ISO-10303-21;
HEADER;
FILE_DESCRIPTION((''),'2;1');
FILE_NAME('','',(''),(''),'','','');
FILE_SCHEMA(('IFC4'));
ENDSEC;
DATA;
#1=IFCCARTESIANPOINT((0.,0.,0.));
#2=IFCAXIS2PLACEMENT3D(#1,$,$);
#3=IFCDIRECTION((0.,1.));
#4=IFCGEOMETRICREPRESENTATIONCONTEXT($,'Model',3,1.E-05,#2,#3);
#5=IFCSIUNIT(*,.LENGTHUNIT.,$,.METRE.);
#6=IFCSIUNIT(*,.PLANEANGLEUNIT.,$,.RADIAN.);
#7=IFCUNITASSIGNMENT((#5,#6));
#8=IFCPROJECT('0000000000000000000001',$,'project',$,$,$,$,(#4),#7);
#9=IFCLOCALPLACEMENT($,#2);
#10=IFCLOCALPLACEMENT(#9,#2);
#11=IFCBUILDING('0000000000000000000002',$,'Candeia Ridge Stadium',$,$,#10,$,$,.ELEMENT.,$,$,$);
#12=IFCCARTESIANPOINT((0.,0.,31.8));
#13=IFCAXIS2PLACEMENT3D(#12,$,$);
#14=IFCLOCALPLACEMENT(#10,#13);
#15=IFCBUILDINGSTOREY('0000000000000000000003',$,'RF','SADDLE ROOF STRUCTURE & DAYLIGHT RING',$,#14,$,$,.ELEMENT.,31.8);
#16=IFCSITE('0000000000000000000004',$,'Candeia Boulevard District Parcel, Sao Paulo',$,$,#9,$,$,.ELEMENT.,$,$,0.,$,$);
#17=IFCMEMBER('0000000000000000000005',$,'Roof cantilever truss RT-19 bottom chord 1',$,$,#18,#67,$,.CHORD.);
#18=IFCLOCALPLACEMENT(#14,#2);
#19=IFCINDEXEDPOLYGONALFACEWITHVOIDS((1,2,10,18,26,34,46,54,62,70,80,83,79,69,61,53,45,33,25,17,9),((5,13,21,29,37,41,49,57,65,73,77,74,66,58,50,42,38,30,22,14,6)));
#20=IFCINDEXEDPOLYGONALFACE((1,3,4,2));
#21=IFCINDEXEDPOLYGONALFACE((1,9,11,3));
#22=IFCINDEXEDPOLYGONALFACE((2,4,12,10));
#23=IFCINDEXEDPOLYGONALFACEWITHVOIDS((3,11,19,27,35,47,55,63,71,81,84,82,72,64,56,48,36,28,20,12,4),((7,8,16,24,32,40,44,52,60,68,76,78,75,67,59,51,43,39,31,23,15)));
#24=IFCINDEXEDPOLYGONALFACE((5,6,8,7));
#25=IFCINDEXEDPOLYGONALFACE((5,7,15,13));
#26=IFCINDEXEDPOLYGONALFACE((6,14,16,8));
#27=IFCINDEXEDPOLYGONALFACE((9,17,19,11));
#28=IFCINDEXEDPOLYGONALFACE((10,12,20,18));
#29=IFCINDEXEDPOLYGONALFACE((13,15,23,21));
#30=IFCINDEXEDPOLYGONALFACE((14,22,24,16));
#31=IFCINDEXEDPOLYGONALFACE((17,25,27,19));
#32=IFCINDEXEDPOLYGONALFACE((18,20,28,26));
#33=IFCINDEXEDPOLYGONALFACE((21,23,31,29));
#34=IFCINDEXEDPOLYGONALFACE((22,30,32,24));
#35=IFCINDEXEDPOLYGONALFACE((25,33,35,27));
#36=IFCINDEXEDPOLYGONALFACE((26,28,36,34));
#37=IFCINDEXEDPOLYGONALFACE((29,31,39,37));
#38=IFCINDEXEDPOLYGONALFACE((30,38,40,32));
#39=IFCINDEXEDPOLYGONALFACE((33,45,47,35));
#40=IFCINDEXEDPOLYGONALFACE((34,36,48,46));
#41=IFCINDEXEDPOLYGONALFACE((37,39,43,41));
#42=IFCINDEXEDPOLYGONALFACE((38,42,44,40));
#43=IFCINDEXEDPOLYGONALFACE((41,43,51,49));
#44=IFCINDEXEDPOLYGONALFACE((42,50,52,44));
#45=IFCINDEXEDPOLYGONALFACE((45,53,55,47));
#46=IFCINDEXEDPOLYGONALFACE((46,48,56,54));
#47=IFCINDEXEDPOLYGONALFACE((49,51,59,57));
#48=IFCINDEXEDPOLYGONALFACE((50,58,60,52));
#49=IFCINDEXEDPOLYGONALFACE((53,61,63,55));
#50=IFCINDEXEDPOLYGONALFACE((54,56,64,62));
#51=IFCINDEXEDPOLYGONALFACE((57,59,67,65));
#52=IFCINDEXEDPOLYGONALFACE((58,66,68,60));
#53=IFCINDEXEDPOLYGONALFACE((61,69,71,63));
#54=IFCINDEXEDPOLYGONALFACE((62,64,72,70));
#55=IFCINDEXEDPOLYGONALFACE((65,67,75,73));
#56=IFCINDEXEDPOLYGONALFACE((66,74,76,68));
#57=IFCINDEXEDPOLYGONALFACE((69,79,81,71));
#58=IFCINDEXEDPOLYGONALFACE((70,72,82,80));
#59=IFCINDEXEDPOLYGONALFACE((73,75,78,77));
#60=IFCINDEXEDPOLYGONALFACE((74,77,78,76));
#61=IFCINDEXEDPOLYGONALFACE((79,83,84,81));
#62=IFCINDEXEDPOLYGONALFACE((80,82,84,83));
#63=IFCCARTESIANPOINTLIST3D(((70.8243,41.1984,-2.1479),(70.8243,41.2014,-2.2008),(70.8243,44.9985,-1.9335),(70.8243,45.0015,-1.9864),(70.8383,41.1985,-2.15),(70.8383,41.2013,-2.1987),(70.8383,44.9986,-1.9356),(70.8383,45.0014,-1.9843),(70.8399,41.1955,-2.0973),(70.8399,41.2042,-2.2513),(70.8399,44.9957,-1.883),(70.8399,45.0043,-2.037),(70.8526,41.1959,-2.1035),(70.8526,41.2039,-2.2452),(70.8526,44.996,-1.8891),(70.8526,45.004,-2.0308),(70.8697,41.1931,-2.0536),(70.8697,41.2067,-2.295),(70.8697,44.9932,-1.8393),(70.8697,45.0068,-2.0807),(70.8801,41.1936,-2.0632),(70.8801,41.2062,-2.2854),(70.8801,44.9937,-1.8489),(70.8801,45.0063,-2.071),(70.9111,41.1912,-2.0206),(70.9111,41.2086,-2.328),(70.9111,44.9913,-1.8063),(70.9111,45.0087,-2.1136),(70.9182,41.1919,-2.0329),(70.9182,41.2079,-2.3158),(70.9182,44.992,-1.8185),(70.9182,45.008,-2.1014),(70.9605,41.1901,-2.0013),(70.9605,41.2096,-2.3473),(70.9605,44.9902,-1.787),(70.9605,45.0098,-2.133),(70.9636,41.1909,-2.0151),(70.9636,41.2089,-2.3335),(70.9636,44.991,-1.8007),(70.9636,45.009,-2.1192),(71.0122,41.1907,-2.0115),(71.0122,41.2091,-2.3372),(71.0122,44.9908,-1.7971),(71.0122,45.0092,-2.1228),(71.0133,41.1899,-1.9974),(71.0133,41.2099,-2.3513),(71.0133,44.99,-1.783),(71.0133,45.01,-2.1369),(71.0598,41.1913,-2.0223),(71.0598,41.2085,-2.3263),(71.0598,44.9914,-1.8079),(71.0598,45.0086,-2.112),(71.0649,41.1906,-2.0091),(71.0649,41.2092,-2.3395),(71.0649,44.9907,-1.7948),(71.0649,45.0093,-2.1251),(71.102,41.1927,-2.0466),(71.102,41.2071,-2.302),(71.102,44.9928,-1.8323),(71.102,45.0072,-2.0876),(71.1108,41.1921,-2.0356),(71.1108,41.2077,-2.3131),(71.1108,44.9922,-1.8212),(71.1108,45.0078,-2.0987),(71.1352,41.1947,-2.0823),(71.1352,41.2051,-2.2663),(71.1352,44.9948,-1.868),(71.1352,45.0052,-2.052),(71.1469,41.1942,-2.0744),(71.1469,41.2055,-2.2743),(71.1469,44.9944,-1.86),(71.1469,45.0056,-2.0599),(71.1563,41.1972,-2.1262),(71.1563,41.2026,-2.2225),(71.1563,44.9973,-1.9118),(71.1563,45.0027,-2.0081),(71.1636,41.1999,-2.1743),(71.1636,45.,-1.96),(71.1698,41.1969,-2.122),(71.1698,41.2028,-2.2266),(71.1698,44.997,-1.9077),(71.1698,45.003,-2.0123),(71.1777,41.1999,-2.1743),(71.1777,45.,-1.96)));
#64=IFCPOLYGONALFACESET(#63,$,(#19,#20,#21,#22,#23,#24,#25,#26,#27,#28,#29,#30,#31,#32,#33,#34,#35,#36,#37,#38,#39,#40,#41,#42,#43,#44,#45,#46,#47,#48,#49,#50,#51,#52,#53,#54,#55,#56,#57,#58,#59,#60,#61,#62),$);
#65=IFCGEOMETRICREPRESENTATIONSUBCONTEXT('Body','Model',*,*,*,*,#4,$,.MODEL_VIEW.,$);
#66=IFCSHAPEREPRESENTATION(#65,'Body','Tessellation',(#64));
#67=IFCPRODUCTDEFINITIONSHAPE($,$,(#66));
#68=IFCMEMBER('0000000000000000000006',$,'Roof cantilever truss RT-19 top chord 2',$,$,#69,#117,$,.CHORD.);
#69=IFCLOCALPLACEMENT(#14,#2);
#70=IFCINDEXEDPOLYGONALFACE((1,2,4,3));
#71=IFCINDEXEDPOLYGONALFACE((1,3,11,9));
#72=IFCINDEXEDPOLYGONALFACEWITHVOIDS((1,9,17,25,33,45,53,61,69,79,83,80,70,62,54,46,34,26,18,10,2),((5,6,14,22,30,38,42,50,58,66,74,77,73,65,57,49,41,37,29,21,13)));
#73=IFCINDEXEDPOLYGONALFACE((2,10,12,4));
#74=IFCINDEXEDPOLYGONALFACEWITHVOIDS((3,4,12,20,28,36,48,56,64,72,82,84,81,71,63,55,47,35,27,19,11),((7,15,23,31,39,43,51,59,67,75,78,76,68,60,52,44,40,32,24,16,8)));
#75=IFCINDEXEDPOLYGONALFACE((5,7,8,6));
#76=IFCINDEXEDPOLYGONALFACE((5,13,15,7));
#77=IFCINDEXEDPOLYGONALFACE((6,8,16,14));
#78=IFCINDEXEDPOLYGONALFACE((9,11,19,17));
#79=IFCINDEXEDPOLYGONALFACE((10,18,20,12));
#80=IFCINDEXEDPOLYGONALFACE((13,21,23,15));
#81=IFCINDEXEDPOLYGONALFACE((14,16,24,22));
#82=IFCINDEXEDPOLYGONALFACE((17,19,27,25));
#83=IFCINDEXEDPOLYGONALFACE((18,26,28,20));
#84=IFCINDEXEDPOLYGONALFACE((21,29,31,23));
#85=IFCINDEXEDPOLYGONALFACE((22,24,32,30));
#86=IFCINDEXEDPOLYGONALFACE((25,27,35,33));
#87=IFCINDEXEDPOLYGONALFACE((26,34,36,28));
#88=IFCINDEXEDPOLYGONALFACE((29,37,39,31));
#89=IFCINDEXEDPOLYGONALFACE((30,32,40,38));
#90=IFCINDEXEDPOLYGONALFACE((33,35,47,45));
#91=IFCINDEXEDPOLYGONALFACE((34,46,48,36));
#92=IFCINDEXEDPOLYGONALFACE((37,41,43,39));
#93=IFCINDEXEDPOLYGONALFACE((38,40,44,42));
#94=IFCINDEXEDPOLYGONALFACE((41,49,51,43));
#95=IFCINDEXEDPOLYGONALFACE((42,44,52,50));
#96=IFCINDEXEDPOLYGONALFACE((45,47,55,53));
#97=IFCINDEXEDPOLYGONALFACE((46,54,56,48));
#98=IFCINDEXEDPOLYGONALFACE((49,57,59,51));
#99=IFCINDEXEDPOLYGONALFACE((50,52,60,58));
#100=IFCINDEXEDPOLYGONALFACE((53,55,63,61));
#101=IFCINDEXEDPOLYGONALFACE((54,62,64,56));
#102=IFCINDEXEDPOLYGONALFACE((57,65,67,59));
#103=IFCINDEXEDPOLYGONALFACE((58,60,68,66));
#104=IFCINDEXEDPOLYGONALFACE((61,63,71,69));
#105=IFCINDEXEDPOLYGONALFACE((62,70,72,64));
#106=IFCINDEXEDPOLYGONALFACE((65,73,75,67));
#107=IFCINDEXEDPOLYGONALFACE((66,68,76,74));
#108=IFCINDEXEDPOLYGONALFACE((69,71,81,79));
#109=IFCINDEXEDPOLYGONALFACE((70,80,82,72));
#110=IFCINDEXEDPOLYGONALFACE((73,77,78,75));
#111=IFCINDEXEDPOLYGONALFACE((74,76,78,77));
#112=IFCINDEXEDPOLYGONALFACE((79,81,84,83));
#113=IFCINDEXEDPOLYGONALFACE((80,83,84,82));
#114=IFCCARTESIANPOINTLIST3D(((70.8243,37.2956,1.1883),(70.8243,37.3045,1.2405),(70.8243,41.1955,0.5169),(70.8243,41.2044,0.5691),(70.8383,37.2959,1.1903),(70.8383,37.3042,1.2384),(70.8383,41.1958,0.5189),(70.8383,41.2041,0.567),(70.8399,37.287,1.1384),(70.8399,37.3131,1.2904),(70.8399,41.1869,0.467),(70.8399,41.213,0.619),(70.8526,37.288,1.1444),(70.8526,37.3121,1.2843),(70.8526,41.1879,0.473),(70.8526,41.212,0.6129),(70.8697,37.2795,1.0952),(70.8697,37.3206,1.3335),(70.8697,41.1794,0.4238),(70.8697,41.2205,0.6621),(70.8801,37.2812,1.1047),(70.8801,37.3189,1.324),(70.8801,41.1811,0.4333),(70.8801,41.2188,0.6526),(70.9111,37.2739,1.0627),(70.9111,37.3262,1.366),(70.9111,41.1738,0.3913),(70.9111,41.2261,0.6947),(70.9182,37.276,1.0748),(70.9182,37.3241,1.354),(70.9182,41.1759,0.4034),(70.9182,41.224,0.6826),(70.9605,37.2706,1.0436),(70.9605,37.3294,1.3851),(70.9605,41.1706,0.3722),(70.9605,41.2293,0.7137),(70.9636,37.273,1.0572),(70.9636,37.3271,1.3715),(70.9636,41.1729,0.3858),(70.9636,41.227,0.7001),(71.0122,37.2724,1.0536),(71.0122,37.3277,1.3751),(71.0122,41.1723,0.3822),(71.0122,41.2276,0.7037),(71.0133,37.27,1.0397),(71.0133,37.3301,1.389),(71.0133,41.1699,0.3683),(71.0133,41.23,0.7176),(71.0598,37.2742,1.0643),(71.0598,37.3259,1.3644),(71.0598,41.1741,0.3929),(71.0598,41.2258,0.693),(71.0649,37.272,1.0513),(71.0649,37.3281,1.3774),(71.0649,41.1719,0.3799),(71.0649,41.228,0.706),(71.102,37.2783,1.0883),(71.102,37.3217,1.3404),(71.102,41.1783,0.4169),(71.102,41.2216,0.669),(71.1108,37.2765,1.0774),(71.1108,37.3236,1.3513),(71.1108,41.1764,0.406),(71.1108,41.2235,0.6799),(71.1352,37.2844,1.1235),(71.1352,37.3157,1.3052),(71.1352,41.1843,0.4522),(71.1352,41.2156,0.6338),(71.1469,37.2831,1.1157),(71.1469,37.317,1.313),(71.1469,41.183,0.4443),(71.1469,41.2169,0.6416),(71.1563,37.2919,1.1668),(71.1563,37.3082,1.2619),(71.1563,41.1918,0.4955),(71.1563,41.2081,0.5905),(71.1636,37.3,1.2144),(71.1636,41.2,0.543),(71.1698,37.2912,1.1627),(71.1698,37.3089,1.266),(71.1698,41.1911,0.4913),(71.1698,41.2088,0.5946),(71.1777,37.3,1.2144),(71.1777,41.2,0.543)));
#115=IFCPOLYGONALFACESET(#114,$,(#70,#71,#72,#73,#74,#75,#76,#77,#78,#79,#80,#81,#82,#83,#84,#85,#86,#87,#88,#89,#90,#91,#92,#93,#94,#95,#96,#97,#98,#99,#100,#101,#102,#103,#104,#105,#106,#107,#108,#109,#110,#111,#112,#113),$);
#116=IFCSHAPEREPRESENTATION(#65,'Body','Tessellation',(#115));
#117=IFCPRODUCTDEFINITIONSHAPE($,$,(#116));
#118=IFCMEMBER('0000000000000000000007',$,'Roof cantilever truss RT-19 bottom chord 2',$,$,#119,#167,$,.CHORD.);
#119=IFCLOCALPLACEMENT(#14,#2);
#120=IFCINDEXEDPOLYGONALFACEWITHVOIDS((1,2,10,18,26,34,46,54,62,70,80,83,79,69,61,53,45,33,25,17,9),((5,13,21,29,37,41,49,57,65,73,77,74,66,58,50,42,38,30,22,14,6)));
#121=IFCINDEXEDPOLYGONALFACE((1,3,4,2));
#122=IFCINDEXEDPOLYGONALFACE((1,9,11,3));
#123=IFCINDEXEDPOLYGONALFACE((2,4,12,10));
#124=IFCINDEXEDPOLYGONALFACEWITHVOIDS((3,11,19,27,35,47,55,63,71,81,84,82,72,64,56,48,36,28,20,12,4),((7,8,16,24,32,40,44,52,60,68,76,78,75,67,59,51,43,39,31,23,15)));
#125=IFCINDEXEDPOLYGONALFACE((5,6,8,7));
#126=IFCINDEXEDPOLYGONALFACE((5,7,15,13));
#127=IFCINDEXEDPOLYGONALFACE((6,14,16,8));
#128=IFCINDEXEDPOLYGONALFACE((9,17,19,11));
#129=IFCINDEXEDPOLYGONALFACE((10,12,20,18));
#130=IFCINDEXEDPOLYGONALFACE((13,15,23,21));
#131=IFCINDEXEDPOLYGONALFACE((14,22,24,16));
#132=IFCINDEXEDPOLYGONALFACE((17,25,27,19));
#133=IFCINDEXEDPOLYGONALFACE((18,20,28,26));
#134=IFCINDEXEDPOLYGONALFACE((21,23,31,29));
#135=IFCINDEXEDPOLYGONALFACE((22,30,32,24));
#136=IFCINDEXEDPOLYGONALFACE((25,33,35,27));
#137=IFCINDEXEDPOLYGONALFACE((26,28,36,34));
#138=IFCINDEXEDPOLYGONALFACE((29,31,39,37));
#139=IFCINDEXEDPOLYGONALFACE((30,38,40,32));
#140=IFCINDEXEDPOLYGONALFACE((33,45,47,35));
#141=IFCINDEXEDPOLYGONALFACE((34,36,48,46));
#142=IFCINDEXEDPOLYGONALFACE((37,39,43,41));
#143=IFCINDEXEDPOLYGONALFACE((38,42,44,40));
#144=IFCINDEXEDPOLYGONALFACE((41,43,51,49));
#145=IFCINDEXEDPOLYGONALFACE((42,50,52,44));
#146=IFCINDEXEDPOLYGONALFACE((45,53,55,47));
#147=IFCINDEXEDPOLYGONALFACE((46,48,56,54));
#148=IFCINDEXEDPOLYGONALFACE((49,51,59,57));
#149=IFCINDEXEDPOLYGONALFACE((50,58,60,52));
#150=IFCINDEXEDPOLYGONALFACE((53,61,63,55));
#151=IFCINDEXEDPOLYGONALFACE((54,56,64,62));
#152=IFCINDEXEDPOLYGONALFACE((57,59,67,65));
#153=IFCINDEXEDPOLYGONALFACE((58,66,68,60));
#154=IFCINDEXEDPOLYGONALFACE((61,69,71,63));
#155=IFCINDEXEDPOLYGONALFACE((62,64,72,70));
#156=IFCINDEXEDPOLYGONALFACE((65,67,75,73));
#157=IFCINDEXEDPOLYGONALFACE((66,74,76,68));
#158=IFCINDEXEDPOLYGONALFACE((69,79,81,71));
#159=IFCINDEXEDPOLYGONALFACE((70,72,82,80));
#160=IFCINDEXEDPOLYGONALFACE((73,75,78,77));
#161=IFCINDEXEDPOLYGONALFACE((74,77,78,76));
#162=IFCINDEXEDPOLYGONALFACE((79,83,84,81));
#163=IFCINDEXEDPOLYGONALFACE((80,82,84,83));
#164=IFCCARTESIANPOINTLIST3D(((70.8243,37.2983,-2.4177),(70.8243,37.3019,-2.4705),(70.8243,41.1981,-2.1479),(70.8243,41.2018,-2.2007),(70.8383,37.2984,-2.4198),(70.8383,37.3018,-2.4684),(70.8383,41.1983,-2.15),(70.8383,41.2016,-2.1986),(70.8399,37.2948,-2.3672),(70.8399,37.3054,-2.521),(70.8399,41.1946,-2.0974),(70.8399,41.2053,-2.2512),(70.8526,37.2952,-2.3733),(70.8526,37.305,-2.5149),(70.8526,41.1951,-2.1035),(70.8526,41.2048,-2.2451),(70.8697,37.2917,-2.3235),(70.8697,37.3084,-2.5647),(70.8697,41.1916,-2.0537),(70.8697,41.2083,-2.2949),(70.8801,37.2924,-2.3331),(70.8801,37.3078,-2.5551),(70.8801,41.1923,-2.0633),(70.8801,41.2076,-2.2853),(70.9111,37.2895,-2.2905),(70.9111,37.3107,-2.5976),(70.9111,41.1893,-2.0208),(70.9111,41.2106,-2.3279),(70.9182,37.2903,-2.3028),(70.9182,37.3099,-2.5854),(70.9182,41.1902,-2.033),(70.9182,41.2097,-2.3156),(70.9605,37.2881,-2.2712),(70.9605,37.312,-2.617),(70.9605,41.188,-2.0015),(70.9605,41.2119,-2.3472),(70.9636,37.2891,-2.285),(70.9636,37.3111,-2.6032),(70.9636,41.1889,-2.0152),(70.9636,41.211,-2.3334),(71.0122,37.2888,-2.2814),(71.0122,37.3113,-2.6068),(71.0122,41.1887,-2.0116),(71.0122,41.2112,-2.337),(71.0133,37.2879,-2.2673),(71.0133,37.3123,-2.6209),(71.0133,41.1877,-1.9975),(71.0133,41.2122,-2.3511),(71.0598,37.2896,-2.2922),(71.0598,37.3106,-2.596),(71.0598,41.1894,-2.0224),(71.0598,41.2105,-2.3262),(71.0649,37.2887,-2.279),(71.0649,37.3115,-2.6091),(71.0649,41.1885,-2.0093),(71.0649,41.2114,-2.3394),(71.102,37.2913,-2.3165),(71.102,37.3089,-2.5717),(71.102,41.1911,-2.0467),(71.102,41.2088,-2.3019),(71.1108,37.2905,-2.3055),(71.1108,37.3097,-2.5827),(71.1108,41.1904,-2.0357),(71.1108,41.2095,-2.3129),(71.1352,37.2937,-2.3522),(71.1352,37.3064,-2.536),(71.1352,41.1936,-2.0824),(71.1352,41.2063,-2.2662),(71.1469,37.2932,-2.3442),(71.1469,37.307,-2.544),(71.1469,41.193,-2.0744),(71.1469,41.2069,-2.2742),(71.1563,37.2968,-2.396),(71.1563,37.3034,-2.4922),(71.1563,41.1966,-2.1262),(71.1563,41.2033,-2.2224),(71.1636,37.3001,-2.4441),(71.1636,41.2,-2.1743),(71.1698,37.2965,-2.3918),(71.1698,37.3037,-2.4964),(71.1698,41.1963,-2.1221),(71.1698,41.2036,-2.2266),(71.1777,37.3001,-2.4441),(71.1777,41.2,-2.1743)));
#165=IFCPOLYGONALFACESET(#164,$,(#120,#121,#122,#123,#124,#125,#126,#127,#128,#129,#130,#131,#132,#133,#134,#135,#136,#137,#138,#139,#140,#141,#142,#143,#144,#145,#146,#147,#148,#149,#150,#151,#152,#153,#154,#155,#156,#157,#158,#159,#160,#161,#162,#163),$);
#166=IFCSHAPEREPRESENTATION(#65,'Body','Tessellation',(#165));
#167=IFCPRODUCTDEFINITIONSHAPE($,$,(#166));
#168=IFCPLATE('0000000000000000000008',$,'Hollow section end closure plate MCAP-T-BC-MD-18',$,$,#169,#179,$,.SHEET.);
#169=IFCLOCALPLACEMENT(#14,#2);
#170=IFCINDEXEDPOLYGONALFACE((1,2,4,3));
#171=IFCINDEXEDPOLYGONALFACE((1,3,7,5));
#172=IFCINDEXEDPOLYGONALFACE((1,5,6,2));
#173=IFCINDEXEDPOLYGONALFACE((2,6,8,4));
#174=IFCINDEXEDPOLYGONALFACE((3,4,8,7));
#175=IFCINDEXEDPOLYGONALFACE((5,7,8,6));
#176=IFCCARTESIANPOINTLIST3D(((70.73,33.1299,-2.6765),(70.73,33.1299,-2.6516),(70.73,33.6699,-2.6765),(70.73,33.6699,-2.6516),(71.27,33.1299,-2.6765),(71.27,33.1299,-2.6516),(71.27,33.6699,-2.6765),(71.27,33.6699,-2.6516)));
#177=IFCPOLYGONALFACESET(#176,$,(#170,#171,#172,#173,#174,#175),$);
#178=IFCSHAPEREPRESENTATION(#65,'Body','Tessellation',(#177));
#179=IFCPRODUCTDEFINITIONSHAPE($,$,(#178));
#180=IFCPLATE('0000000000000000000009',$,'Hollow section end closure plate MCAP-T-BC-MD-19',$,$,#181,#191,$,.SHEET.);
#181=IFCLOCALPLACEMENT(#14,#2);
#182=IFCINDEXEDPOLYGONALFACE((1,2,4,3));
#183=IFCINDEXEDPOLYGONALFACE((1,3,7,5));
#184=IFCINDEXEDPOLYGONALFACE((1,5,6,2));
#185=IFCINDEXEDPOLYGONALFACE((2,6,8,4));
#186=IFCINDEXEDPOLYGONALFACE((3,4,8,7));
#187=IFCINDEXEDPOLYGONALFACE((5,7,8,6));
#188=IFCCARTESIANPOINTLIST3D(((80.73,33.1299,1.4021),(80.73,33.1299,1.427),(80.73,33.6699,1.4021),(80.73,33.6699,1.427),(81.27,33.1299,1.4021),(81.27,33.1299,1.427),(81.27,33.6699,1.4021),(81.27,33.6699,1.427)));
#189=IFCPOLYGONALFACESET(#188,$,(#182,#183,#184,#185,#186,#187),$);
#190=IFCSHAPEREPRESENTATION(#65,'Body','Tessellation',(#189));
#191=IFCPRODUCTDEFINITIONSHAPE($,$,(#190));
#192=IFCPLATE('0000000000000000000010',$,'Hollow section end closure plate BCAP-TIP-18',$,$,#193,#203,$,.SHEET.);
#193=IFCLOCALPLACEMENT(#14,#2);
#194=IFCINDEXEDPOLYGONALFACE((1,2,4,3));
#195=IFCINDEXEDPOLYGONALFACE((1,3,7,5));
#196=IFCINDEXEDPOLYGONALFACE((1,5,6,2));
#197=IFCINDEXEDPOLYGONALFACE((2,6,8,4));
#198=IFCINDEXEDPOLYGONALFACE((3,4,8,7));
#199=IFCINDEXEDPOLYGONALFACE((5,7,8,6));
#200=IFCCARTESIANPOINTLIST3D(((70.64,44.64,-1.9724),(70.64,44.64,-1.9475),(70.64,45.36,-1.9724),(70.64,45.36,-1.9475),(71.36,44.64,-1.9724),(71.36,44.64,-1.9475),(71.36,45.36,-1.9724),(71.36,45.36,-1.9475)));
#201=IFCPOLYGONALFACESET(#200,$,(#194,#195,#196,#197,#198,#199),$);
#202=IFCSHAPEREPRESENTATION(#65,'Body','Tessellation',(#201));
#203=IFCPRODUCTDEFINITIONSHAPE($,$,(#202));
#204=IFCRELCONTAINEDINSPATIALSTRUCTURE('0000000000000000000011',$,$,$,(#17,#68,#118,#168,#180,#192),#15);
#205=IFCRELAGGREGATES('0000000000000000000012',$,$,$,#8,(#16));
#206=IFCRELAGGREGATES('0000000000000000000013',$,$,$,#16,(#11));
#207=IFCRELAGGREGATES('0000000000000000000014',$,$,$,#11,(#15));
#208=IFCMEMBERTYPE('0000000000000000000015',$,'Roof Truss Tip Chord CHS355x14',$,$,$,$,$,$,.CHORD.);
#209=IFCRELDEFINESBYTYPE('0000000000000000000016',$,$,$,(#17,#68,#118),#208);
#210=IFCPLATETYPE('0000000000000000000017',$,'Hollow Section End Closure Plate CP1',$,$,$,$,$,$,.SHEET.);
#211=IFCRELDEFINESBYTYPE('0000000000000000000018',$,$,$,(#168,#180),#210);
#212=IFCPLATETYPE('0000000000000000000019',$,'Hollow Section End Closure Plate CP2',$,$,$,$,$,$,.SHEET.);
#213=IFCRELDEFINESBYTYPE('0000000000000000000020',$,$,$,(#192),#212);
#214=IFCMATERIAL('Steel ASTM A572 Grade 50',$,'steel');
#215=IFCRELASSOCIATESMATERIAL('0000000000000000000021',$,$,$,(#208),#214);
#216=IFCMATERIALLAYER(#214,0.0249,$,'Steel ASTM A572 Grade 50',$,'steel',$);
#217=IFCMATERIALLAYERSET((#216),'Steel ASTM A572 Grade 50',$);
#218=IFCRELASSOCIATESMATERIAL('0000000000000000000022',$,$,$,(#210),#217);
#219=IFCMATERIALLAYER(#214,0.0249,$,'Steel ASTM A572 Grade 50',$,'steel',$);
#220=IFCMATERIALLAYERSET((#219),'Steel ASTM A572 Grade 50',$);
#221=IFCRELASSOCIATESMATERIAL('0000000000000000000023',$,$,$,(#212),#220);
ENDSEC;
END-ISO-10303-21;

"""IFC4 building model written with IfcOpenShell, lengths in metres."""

from ifc_helpers import new_model, si_unit, direction, frame, origin, origin_2d, place, context, subcontext, project, spatial, rectangle, hollow_circle, extrude, material, layer, layer_set, material_profile, profile_set, type_object, element, save


model = new_model("IFC4")

# Units and contexts
model_context = context("Model", 3, precision=1e-05, world=origin(), true_north=direction((0.0, 1.0)))
body_context = subcontext(model_context, "Body", "Model", "MODEL_VIEW")
ifc_project = project(units=[si_unit("LENGTHUNIT", "METRE"), si_unit("PLANEANGLEUNIT", "RADIAN")], contexts=[model_context])

# Site, building, storey
site_placement = place(None, origin())
site = spatial("IfcSite", under=ifc_project, at=site_placement, Name="Candeia Boulevard District Parcel, Sao Paulo", CompositionType="ELEMENT", RefElevation=0.0)
building_placement = place(site_placement, origin())
building = spatial("IfcBuilding", under=site, at=building_placement, Name="Candeia Ridge Stadium", CompositionType="ELEMENT")
storey_placement = place(building_placement, frame((0.0, 0.0, 31.8)))
storey = spatial("IfcBuildingStorey", under=building, at=storey_placement, Name="RF", Description="SADDLE ROOF STRUCTURE & DAYLIGHT RING", CompositionType="ELEMENT", Elevation=31.8)

# Shared definitions
ifc_material_1 = material(Name="Steel ASTM A572 Grade 50", Category="steel")

# Members
ifc_material_profile_1 = material_profile(ifc_material_1, hollow_circle(Radius=0.1777, WallThickness=0.0142, at=origin_2d()), Name="CHS355x14", Category="steel")
ifc_profile_set_1 = profile_set([ifc_material_profile_1], Name="Steel ASTM A572 Grade 50")
member_type_1 = type_object("IfcMemberType", Name="Roof Truss Tip Chord CHS355x14", PredefinedType="CHORD", material=ifc_profile_set_1)
member_1_placement = place(storey_placement, frame((71.0, 45.0, -1.96), z_axis=(0.0, -0.998413, -0.056319), x_axis=(1.0, 0.0, 0.0)))
element("IfcMember", 1, at=member_1_placement, inside=storey, type_object=member_type_1, Name="Roof cantilever truss RT-19 bottom chord 1", PredefinedType="CHORD", context=body_context, shape_type="SweptSolid", body=[
    extrude(hollow_circle(Radius=0.1777, WallThickness=0.0142, at=origin_2d()), origin(), (0.0, 0.0, 1.0), 3.8062),
])
member_2_placement = place(storey_placement, frame((71.0, 41.2, 0.543), z_axis=(0.0, -0.985503, 0.169659), x_axis=(1.0, 0.0, 0.0)))
element("IfcMember", 2, at=member_2_placement, inside=storey, type_object=member_type_1, Name="Roof cantilever truss RT-19 top chord 2", PredefinedType="CHORD", context=body_context, shape_type="SweptSolid", body=[
    extrude(hollow_circle(Radius=0.1777, WallThickness=0.0142, at=origin_2d()), origin(), (0.0, 0.0, 1.0), 3.9573),
])
member_3_placement = place(storey_placement, frame((71.0, 41.2, -2.1743), z_axis=(0.0, -0.997616, -0.06901), x_axis=(1.0, 0.0, 0.0)))
element("IfcMember", 3, at=member_3_placement, inside=storey, type_object=member_type_1, Name="Roof cantilever truss RT-19 bottom chord 2", PredefinedType="CHORD", context=body_context, shape_type="SweptSolid", body=[
    extrude(hollow_circle(Radius=0.1777, WallThickness=0.0142, at=origin_2d()), origin(), (0.0, 0.0, 1.0), 3.9092),
])

# Plates
ifc_layer_1 = layer(ifc_material_1, 0.0249, Name="Steel ASTM A572 Grade 50", Category="steel")
ifc_layer_set_1 = layer_set([ifc_layer_1], Name="Steel ASTM A572 Grade 50")
plate_type_1 = type_object("IfcPlateType", Name="Hollow Section End Closure Plate CP1", PredefinedType="SHEET", material=ifc_layer_set_1)
for number, where, z_axis, x_axis, name in (
    (4, (71.0, 33.3999, -2.6765), (0.0, 0.0, 1.0), (1.0, 0.0, 0.0), "Hollow section end closure plate MCAP-T-BC-MD-18"),
    (5, (81.0, 33.3999, 1.4021), (0.0, 0.0, 1.0), (1.0, 0.0, 0.0), "Hollow section end closure plate MCAP-T-BC-MD-19"),
):
    element("IfcPlate", number, at=place(storey_placement, frame(where, z_axis=z_axis, x_axis=x_axis)), inside=storey, type_object=plate_type_1, Name=name, PredefinedType="SHEET", context=body_context, shape_type="SweptSolid", body=[
        extrude(rectangle(XDim=0.54, YDim=0.54, at=origin_2d()), origin(), (0.0, 0.0, 1.0), 0.0249),
    ])
ifc_layer_2 = layer(ifc_material_1, 0.0249, Name="Steel ASTM A572 Grade 50", Category="steel")
ifc_layer_set_2 = layer_set([ifc_layer_2], Name="Steel ASTM A572 Grade 50")
plate_type_2 = type_object("IfcPlateType", Name="Hollow Section End Closure Plate CP2", PredefinedType="SHEET", material=ifc_layer_set_2)
plate_1_placement = place(storey_placement, frame((71.0, 45.0, -1.9724), z_axis=(0.0, 0.0, 1.0), x_axis=(1.0, 0.0, 0.0)))
element("IfcPlate", 6, at=plate_1_placement, inside=storey, type_object=plate_type_2, Name="Hollow section end closure plate BCAP-TIP-18", PredefinedType="SHEET", context=body_context, shape_type="SweptSolid", body=[
    extrude(rectangle(XDim=0.72, YDim=0.72, at=origin_2d()), origin(), (0.0, 0.0, 1.0), 0.0249),
])

save(model, "model.ifc")
